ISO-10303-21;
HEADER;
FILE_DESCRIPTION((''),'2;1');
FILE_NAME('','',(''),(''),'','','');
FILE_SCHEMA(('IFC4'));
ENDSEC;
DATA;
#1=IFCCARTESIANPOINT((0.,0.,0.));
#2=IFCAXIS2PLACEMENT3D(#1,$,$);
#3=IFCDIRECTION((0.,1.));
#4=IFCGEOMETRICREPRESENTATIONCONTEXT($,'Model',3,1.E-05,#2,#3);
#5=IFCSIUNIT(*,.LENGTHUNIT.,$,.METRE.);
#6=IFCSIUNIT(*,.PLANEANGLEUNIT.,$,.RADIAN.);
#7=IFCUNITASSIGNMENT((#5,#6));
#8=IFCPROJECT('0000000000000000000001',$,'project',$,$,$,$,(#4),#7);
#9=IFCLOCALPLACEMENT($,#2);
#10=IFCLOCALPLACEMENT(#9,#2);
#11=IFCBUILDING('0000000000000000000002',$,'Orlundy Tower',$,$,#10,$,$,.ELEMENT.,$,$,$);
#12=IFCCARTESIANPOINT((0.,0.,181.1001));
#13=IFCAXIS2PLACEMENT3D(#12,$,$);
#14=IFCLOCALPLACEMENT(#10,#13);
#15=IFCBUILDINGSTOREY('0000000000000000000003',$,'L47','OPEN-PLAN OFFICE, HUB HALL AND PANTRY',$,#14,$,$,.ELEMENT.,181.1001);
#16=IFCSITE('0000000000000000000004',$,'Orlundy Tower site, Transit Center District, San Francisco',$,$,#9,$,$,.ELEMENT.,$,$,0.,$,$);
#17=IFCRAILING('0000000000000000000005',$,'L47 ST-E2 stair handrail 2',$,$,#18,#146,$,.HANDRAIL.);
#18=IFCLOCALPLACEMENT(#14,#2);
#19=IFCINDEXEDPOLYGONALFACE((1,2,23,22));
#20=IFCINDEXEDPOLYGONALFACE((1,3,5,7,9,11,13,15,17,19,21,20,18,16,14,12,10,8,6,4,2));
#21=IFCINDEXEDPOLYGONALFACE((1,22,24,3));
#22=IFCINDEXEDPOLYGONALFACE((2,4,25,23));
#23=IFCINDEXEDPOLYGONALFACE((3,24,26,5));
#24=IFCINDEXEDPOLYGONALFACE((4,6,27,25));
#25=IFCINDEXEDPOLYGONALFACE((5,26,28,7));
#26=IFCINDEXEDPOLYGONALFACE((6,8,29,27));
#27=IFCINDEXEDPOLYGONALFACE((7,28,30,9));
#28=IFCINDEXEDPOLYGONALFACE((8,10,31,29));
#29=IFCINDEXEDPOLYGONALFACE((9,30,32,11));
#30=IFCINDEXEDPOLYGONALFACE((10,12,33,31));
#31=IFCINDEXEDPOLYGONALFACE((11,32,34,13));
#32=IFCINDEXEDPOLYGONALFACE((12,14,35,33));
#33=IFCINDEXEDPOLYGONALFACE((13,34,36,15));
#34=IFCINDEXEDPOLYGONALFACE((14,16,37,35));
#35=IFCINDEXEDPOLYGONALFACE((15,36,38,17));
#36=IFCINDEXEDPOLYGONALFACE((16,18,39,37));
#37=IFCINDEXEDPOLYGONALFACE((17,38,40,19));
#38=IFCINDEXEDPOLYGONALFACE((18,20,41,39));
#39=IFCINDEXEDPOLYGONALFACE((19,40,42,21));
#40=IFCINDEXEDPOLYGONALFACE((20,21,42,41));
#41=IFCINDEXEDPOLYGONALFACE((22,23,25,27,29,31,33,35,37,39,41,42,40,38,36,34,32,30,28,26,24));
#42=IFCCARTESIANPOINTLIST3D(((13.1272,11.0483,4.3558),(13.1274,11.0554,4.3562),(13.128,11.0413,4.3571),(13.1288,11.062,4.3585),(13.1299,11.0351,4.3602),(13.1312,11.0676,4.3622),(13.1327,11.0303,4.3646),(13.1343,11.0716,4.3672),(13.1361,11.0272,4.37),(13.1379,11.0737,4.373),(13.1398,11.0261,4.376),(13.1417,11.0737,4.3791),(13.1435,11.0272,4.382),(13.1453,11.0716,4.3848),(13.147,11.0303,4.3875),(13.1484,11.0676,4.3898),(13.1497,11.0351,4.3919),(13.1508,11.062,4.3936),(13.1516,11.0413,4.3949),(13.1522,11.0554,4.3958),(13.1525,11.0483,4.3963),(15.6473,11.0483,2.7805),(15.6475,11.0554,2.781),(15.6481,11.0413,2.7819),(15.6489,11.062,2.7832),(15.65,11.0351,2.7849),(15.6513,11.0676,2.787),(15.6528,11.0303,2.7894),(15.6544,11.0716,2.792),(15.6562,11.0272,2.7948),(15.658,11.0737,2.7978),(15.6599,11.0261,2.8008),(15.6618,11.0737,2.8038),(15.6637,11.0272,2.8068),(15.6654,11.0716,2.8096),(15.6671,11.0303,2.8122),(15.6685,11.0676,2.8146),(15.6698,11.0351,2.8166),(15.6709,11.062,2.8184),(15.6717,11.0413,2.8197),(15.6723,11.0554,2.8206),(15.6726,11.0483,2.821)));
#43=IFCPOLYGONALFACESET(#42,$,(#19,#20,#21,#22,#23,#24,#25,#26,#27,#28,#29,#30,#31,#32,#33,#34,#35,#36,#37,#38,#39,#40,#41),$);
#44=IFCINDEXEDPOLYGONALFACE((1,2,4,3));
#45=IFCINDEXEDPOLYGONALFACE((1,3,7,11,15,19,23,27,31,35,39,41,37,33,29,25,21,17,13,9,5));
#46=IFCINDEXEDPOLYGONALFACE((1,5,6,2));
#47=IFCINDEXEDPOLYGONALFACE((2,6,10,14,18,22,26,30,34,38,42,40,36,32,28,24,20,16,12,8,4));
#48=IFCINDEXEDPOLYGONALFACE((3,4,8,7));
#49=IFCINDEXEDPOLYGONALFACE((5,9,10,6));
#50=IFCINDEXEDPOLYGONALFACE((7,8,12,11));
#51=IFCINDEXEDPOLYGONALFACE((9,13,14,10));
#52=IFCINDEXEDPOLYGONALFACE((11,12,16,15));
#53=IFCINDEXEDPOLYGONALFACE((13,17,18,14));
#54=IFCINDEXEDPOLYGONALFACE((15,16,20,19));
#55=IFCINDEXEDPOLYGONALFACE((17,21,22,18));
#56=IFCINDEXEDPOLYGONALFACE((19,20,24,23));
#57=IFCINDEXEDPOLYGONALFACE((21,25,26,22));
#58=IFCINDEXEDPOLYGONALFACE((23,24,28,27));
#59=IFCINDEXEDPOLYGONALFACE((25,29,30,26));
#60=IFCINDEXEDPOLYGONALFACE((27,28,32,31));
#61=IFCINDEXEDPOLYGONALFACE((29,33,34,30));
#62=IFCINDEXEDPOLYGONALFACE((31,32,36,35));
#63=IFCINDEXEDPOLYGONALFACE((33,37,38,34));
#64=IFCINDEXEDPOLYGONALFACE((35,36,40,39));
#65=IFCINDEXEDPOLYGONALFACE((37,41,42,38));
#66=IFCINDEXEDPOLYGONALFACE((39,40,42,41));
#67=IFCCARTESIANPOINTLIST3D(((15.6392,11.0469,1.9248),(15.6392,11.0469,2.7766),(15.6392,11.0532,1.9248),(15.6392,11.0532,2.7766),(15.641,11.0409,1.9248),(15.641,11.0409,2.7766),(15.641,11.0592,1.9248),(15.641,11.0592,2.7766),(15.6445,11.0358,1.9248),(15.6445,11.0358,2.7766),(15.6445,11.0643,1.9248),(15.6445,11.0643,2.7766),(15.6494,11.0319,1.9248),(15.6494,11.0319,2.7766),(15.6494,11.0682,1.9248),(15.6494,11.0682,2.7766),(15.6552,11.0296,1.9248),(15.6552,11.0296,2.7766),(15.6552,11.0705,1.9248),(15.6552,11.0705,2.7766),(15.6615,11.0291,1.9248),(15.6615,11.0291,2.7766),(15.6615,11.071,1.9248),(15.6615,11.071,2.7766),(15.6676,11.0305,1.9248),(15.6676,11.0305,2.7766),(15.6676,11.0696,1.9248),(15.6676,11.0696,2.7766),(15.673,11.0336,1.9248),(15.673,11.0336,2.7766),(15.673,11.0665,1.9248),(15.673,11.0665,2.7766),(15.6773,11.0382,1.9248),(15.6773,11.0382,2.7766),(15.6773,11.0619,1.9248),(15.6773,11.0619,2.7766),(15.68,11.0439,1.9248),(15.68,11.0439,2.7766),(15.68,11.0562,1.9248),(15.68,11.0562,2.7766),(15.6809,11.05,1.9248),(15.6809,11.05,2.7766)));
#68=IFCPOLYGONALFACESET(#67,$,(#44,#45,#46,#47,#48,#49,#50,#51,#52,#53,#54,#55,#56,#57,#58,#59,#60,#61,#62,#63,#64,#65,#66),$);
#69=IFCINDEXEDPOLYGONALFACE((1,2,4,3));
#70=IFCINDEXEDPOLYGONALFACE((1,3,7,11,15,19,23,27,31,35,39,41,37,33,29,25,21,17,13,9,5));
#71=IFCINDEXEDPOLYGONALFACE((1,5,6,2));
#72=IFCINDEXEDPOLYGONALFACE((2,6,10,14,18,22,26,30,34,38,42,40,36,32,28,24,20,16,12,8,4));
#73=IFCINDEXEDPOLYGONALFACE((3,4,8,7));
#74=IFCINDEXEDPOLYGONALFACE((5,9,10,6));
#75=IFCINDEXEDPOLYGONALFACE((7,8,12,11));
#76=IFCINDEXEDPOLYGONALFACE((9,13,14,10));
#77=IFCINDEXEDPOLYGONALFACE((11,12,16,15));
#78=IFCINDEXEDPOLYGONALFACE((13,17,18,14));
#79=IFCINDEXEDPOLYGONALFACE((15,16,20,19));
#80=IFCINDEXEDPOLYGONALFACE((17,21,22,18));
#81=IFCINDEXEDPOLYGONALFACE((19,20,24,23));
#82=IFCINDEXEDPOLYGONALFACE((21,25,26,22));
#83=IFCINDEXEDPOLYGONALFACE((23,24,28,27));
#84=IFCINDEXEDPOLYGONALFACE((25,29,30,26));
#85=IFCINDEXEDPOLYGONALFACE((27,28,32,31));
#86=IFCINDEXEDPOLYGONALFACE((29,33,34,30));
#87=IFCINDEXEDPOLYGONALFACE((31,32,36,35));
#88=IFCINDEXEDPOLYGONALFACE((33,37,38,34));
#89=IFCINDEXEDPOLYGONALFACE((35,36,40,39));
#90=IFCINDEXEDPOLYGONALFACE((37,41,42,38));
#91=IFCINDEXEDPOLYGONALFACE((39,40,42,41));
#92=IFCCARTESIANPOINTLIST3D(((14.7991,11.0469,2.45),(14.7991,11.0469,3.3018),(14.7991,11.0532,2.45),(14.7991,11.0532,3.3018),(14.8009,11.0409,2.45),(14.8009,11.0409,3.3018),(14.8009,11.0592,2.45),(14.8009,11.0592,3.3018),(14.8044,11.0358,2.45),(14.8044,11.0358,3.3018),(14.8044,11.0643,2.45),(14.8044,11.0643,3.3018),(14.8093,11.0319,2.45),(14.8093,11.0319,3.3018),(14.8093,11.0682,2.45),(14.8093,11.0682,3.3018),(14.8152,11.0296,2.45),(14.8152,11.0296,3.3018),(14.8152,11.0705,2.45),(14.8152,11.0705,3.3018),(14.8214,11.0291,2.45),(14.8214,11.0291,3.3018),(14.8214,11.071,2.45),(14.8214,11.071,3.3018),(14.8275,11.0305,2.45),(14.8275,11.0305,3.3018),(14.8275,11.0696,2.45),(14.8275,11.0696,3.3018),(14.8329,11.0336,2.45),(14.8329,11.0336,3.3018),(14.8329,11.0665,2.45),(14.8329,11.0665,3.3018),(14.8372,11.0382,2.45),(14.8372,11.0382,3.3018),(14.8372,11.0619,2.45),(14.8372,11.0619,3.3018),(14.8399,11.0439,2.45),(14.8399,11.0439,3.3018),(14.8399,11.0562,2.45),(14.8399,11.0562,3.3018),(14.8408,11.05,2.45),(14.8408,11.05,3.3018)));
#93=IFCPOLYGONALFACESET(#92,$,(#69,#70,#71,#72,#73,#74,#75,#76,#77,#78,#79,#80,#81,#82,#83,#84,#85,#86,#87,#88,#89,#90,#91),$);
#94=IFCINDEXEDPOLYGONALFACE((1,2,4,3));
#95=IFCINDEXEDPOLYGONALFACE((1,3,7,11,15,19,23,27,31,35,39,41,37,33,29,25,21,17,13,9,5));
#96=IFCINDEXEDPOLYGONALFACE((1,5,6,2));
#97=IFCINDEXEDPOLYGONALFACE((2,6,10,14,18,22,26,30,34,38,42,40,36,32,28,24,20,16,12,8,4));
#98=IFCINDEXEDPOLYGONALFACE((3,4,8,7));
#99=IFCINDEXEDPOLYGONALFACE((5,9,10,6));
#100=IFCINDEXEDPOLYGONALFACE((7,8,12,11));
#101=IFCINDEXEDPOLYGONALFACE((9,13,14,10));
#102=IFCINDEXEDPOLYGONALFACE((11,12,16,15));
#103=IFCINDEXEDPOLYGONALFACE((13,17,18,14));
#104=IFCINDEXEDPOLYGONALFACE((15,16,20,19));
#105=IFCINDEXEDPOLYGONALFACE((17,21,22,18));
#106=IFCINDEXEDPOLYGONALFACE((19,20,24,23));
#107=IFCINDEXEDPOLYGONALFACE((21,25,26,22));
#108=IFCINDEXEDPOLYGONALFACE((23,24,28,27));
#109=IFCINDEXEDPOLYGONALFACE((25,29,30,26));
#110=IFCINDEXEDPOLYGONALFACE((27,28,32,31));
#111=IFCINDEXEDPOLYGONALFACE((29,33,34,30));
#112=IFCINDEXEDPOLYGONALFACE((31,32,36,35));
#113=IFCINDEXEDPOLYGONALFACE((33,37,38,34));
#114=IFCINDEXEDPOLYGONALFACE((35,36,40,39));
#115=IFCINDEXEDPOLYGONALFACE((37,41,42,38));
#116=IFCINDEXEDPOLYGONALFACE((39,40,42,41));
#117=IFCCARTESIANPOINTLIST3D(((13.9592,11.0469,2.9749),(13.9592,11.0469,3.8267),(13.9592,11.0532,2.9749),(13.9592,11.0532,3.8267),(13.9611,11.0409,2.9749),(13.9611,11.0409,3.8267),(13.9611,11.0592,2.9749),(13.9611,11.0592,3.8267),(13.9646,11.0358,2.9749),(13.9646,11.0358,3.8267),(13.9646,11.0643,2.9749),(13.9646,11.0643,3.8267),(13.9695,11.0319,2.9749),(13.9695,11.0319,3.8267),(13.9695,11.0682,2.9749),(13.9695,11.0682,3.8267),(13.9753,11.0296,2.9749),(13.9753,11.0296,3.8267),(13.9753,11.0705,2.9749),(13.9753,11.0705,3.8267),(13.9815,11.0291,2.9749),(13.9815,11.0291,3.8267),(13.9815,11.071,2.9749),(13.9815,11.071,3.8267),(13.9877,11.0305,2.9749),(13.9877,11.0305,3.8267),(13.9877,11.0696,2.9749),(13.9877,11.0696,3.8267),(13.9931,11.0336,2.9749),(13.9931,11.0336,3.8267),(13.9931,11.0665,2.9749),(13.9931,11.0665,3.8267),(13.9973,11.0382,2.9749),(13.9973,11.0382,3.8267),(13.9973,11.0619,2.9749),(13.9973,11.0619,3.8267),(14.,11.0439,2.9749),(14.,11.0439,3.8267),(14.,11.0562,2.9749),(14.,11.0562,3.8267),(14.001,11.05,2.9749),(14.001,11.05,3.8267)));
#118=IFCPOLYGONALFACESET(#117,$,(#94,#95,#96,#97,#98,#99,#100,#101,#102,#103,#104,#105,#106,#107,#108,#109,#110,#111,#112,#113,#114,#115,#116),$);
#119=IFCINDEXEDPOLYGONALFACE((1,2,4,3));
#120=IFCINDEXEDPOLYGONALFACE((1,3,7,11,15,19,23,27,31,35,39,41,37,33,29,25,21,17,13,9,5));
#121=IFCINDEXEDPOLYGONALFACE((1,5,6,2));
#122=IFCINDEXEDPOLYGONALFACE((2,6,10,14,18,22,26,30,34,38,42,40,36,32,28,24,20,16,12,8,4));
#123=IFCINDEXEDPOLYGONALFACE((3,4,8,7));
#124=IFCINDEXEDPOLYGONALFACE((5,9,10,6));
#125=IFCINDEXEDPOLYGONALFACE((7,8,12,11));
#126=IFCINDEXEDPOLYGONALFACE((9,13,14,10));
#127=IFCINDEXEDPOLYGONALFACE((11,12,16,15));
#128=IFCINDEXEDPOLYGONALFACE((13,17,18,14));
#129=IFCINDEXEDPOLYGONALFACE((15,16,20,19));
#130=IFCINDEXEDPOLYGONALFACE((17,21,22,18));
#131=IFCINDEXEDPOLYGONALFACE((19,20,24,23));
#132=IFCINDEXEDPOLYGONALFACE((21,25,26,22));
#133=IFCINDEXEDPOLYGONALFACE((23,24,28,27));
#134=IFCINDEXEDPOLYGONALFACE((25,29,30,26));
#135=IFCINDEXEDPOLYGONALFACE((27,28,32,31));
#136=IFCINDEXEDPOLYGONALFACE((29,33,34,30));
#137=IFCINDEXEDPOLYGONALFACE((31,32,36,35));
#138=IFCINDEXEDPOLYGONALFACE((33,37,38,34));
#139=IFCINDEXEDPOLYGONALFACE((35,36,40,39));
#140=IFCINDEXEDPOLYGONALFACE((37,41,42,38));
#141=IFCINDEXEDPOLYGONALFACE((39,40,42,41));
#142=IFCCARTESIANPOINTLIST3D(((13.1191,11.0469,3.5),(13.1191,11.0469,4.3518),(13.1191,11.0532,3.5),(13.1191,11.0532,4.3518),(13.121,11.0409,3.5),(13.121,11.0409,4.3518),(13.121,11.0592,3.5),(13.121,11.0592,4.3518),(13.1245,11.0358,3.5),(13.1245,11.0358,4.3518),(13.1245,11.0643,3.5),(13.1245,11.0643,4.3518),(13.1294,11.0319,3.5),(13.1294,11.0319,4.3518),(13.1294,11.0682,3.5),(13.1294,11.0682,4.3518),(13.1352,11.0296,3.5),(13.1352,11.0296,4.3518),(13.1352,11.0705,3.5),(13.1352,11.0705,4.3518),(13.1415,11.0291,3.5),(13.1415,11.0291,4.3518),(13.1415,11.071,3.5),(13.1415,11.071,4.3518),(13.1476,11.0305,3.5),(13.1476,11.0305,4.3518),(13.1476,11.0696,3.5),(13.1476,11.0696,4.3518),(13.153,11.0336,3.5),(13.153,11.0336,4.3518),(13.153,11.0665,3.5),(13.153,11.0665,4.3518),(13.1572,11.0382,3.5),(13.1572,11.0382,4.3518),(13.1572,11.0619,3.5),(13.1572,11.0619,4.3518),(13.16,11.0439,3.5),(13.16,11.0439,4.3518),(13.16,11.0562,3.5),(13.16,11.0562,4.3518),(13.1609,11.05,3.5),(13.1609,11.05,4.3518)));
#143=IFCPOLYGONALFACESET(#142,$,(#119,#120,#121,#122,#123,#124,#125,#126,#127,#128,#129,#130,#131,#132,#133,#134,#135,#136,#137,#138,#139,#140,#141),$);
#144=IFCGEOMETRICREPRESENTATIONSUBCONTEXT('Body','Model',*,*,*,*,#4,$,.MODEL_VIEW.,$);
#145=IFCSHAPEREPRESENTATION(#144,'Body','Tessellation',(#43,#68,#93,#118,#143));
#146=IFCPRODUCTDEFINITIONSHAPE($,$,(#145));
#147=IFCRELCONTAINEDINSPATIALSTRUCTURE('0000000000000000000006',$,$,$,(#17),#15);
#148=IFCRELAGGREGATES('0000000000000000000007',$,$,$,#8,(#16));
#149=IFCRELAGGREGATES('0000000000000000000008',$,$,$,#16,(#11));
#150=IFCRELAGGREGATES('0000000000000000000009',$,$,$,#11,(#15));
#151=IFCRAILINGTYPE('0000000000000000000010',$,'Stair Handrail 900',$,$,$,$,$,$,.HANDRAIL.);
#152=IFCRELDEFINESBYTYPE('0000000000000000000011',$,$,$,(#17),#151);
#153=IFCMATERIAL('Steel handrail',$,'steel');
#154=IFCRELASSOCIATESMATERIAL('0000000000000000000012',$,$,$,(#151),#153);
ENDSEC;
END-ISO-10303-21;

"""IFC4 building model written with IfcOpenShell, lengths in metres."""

from ifc_helpers import new_model, si_unit, direction, frame, origin, origin_2d, place, context, subcontext, project, spatial, circle, extrude, material, type_object, element, save


model = new_model("IFC4")

# Units and contexts
model_context = context("Model", 3, precision=1e-05, world=origin(), true_north=direction((0.0, 1.0)))
body_context = subcontext(model_context, "Body", "Model", "MODEL_VIEW")
ifc_project = project(units=[si_unit("LENGTHUNIT", "METRE"), si_unit("PLANEANGLEUNIT", "RADIAN")], contexts=[model_context])

# Site, building, storey
site_placement = place(None, origin())
site = spatial("IfcSite", under=ifc_project, at=site_placement, Name="Orlundy Tower site, Transit Center District, San Francisco", CompositionType="ELEMENT", RefElevation=0.0)
building_placement = place(site_placement, origin())
building = spatial("IfcBuilding", under=site, at=building_placement, Name="Orlundy Tower", CompositionType="ELEMENT")
storey_placement = place(building_placement, frame((0.0, 0.0, 181.1001)))
storey = spatial("IfcBuildingStorey", under=building, at=storey_placement, Name="L47", Description="OPEN-PLAN OFFICE, HUB HALL AND PANTRY", CompositionType="ELEMENT", Elevation=181.1001)

# Railing
ifc_material_1 = material(Name="Steel handrail", Category="steel")
railing_type_1 = type_object("IfcRailingType", Name="Stair Handrail 900", PredefinedType="HANDRAIL", material=ifc_material_1)
railing_1_placement = place(storey_placement, frame((15.6599, 11.05, 1.9248)))
element("IfcRailing", 1, at=railing_1_placement, inside=storey, type_object=railing_type_1, Name="L47 ST-E2 stair handrail 2", PredefinedType="HANDRAIL", context=body_context, shape_type="SweptSolid", body=[
    extrude(circle(Radius=0.0239, at=origin_2d()), frame((0.0, 0.0, 0.876), z_axis=(-0.847971, 0.0, 0.530043), x_axis=(0.0, -1.0, 0.0)), (0.0, 0.0, 1.0), 2.9719),
    extrude(circle(Radius=0.021, at=origin_2d()), origin(), (0.0, 0.0, 1.0), 0.8518),
    extrude(circle(Radius=0.021, at=origin_2d()), frame((-0.8401, 0.0, 0.5251)), (0.0, 0.0, 1.0), 0.8518),
    extrude(circle(Radius=0.021, at=origin_2d()), frame((-1.6799, 0.0, 1.05)), (0.0, 0.0, 1.0), 0.8518),
    extrude(circle(Radius=0.021, at=origin_2d()), frame((-2.52, 0.0, 1.5752)), (0.0, 0.0, 1.0), 0.8518),
])

save(model, "model.ifc")
